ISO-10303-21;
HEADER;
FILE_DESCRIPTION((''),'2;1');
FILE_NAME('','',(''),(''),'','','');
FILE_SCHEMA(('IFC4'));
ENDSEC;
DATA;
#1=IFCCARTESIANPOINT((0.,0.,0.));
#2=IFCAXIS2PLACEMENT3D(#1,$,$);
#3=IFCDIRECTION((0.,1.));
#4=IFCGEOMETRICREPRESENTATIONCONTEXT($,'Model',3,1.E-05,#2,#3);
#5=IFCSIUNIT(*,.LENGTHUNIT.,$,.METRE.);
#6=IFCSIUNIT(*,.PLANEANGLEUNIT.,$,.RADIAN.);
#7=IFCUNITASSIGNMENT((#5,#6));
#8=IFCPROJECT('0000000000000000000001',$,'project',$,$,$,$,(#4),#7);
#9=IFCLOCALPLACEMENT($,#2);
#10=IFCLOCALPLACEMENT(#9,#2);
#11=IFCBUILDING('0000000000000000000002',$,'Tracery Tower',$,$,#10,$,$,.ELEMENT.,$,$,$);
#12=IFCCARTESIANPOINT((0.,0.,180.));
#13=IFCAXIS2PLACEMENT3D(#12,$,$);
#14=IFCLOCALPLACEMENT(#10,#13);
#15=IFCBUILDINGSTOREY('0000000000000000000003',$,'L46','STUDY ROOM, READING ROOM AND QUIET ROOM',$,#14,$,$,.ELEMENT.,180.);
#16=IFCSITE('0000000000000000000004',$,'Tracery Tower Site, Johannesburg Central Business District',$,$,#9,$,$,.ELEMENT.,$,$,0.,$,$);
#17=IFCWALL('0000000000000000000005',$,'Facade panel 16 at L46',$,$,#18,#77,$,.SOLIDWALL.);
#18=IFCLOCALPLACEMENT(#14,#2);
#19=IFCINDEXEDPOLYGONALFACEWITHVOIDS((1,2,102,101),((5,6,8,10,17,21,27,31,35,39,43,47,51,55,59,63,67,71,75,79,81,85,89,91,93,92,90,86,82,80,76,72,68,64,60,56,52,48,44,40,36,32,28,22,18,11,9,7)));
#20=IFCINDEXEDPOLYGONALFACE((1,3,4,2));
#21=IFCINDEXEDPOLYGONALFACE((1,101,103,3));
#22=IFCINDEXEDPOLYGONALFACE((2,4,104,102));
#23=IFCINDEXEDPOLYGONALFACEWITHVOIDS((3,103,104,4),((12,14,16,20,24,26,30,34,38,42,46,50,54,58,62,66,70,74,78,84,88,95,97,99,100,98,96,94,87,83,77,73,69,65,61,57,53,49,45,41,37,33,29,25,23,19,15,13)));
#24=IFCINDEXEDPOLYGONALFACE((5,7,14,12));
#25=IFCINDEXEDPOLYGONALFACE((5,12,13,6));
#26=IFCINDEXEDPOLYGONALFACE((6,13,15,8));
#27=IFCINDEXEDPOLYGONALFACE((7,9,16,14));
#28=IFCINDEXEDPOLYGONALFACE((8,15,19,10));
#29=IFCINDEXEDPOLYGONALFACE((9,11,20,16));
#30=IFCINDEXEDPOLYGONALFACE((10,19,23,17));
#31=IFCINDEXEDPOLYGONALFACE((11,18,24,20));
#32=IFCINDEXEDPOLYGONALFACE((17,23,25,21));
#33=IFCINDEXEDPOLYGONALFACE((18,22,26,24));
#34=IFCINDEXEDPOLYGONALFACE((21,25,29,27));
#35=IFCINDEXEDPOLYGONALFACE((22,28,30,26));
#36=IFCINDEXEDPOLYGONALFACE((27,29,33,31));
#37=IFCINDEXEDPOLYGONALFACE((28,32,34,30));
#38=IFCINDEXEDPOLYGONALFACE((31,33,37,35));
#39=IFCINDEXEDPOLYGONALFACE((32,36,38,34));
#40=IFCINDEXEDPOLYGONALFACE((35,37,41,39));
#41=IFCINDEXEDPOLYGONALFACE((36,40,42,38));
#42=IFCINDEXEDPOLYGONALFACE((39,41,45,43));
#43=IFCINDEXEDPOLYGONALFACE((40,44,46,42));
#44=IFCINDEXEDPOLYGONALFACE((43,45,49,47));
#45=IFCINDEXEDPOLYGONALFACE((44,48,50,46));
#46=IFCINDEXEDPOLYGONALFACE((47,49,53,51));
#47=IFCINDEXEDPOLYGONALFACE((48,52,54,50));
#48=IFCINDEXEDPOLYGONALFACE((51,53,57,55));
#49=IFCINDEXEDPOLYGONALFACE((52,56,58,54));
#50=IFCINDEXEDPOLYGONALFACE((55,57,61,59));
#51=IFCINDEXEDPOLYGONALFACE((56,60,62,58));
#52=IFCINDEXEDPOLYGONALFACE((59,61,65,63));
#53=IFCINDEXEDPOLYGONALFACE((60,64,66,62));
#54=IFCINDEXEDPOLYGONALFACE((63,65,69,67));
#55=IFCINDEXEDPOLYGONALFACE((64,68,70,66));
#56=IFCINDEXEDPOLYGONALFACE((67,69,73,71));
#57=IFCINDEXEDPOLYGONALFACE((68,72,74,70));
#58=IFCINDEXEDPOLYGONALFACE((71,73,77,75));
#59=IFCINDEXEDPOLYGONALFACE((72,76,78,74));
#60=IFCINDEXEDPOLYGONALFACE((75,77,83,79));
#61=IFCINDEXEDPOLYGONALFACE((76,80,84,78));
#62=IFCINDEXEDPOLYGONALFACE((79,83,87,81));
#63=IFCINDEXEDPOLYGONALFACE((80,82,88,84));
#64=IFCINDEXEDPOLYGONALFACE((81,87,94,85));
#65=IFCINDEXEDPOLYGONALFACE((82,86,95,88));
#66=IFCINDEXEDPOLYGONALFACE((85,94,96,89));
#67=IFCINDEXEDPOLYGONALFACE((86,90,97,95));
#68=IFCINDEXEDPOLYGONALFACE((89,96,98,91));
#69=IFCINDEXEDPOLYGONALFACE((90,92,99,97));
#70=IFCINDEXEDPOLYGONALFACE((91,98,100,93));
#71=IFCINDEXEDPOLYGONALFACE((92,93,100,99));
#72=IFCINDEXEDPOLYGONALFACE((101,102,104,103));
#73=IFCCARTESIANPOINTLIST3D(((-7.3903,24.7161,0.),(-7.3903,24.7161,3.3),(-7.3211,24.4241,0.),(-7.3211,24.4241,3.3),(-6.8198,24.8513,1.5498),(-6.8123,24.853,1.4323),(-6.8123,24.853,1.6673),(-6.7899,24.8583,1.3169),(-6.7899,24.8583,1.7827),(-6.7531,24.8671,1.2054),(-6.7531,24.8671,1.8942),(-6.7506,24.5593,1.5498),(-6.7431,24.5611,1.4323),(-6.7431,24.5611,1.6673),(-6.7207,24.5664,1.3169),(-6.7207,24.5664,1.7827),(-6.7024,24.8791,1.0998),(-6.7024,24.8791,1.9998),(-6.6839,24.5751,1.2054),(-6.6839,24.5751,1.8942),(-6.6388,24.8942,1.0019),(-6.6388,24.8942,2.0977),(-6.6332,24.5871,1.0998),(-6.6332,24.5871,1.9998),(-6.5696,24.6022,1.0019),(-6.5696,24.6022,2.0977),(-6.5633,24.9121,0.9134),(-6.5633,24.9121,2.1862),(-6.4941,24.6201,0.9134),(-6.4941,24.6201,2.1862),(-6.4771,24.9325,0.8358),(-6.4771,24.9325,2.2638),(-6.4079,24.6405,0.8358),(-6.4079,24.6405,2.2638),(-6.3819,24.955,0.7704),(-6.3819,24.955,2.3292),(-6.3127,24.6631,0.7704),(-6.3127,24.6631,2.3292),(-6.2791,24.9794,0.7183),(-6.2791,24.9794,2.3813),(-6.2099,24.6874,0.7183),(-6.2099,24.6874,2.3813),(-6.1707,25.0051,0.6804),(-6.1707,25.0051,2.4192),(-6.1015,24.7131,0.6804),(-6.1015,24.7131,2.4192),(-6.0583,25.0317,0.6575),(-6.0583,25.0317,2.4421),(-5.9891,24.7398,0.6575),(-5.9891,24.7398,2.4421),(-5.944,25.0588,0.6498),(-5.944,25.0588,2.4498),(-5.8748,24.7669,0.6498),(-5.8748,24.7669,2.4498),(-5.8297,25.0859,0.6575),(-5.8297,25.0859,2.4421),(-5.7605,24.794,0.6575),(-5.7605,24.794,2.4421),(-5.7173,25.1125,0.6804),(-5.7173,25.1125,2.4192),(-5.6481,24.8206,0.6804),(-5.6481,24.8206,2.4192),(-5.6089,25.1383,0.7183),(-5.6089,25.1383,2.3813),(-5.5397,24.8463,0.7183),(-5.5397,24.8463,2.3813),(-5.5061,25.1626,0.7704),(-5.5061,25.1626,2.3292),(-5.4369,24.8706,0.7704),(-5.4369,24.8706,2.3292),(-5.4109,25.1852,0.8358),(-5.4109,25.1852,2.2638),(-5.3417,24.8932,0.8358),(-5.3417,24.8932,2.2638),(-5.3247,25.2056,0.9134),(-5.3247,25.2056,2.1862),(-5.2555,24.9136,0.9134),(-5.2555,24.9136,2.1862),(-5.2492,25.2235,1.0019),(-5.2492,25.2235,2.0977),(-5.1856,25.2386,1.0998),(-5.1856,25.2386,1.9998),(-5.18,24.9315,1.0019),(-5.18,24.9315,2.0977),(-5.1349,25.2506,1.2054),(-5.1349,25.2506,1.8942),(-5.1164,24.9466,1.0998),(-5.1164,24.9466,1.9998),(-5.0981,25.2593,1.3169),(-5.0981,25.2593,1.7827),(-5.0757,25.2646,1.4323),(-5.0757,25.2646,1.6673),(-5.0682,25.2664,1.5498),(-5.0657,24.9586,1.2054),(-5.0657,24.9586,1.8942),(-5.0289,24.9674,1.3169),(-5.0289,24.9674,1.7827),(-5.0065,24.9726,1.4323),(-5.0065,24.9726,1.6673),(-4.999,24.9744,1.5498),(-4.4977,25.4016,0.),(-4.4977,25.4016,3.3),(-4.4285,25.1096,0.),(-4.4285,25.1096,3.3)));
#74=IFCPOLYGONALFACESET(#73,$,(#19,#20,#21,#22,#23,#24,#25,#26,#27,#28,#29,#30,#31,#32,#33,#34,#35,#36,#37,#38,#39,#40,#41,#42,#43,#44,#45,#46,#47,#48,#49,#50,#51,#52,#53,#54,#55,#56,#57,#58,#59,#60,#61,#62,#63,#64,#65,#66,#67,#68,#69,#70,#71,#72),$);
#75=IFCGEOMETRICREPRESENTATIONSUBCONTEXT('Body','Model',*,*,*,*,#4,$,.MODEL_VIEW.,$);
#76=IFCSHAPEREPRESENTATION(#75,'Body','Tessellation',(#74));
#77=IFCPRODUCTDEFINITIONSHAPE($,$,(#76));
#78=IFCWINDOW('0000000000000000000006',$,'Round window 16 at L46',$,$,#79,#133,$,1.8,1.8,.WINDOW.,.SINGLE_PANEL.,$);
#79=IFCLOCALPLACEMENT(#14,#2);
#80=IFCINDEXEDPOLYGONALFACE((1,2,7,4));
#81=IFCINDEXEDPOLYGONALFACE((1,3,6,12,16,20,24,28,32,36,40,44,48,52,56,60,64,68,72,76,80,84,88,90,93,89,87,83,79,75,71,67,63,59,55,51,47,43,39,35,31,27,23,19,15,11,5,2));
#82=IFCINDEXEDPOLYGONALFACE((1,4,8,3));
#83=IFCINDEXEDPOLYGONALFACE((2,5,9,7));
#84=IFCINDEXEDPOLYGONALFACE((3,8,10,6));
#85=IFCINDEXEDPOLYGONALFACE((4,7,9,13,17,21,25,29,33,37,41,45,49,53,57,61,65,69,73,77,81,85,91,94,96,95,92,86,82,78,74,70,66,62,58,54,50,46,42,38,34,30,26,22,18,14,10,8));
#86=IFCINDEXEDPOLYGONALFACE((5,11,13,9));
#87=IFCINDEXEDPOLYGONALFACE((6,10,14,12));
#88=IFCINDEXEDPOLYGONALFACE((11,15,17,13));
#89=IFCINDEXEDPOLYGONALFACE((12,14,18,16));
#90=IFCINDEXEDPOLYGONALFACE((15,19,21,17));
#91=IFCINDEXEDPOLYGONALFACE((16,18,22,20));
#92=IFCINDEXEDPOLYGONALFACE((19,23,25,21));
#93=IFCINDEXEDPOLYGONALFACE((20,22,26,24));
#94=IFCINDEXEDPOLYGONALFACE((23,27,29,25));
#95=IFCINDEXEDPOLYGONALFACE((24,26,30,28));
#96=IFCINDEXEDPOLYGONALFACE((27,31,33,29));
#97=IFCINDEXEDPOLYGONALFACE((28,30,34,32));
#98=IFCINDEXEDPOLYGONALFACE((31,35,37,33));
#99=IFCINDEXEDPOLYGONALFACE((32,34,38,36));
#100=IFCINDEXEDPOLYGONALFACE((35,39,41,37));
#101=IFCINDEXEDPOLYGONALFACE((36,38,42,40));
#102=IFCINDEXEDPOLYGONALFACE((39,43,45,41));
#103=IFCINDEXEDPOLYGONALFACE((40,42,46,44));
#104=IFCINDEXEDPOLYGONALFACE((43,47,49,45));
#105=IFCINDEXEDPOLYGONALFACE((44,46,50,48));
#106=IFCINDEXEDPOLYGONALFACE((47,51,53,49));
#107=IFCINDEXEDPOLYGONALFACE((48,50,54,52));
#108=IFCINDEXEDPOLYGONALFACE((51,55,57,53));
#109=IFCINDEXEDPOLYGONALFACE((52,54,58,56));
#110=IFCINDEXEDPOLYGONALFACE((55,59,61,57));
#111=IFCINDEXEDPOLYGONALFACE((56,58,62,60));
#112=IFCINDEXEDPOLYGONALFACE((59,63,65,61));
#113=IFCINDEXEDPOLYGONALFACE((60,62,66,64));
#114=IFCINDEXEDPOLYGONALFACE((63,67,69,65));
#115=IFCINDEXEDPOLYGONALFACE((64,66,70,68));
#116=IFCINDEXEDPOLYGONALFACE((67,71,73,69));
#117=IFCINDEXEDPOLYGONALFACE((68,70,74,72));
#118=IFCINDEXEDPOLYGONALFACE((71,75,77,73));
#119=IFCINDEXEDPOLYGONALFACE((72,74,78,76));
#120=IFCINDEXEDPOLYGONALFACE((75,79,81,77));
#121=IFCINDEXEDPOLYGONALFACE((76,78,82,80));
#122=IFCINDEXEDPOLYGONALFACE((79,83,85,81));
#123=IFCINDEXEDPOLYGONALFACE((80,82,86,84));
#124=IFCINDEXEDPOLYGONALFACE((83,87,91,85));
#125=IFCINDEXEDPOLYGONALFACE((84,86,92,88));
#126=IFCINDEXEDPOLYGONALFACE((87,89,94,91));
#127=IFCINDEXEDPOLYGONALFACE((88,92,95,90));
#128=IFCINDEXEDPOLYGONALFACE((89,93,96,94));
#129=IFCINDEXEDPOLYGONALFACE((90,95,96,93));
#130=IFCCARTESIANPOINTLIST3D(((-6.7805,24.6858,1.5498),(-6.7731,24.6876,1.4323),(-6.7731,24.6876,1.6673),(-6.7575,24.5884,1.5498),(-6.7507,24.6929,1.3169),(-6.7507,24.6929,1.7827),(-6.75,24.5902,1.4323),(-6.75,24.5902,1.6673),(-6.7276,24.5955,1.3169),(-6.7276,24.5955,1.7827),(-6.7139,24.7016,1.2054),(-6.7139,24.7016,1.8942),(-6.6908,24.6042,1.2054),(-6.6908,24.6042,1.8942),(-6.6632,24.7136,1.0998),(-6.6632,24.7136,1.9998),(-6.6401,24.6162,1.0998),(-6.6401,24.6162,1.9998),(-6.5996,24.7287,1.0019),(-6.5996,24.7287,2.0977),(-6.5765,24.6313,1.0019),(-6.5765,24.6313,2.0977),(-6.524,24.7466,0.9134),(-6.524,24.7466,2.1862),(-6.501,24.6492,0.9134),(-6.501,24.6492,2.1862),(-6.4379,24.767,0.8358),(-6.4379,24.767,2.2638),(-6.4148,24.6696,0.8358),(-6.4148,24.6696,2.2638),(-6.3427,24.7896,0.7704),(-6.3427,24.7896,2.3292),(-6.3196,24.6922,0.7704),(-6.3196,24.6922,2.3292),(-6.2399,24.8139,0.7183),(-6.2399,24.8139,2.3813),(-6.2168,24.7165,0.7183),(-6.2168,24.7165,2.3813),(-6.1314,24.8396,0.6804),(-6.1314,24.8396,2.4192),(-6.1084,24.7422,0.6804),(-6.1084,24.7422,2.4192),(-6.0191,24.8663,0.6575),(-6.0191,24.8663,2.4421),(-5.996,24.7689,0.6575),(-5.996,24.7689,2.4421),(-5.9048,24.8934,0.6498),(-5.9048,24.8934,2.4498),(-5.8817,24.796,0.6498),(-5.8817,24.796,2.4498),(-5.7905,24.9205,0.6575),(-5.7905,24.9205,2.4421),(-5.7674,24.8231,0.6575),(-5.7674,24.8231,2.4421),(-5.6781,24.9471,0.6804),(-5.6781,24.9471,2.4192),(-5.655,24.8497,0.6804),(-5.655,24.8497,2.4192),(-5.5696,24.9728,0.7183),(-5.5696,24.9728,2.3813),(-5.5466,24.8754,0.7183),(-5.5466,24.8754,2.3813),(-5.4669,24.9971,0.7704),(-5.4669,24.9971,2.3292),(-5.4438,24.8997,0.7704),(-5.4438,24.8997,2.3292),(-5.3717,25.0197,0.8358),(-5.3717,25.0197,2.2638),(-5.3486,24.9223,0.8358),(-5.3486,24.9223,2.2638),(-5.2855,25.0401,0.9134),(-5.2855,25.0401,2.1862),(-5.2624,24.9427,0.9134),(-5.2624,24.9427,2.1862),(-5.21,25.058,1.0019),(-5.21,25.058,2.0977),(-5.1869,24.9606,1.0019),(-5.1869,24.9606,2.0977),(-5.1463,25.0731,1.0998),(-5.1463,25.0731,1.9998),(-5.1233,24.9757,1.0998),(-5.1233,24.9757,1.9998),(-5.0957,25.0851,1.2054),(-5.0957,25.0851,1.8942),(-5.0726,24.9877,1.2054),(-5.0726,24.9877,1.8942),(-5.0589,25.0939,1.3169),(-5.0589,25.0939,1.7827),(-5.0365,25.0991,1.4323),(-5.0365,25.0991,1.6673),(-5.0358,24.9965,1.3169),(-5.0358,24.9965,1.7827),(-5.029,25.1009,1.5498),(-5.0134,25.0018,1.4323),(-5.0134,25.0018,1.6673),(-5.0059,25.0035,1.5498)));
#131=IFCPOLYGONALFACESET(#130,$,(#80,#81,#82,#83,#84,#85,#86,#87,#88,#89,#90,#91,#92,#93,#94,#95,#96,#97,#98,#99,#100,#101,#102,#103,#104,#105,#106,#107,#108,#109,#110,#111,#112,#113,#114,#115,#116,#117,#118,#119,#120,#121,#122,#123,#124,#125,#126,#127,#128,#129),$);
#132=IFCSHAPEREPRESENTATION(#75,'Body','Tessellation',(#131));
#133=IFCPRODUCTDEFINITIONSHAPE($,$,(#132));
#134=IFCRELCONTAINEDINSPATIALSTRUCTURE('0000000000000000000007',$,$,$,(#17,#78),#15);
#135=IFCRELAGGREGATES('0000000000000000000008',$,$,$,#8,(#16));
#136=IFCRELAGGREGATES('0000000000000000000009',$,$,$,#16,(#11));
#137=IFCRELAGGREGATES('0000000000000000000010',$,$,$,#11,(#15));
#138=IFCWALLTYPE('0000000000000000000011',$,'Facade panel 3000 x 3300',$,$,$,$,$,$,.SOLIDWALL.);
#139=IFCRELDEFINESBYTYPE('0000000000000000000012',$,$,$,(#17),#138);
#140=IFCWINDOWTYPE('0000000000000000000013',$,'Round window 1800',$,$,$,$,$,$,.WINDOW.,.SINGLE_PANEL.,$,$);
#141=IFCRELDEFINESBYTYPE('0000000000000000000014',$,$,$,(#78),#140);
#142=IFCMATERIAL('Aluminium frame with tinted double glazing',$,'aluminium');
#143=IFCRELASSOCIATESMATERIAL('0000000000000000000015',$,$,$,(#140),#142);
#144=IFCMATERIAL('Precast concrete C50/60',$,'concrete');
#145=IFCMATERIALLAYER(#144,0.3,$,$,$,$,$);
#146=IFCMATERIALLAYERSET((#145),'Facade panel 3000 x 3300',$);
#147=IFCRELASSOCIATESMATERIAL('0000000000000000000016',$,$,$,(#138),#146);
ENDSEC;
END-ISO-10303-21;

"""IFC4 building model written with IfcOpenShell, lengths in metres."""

from ifc_helpers import new_model, si_unit, direction, frame, frame_2d, origin, origin_2d, place, context, subcontext, project, spatial, rectangle, circle, extrude, material, layer, layer_set, type_object, element, fill, save


model = new_model("IFC4")

# Units and contexts
model_context = context("Model", 3, precision=1e-05, world=origin(), true_north=direction((0.0, 1.0)))
body_context = subcontext(model_context, "Body", "Model", "MODEL_VIEW")
ifc_project = project(units=[si_unit("LENGTHUNIT", "METRE"), si_unit("PLANEANGLEUNIT", "RADIAN")], contexts=[model_context])

# Site, building, storey
site_placement = place(None, origin())
site = spatial("IfcSite", under=ifc_project, at=site_placement, Name="Tracery Tower Site, Johannesburg Central Business District", CompositionType="ELEMENT", RefElevation=0.0)
building_placement = place(site_placement, origin())
building = spatial("IfcBuilding", under=site, at=building_placement, Name="Tracery Tower", CompositionType="ELEMENT")
storey_placement = place(building_placement, frame((0.0, 0.0, 180.0)))
storey = spatial("IfcBuildingStorey", under=building, at=storey_placement, Name="L46", Description="STUDY ROOM, READING ROOM AND QUIET ROOM", CompositionType="ELEMENT", Elevation=180.0)

# Wall, opening, window
ifc_material_1 = material(Name="Aluminium frame with tinted double glazing", Category="aluminium")
window_type = type_object("IfcWindowType", Name="Round window 1800", PartitioningType="SINGLE_PANEL", PredefinedType="WINDOW", material=ifc_material_1)
ifc_material_2 = material(Name="Precast concrete C50/60", Category="concrete")
ifc_layer_1 = layer(ifc_material_2, 0.3)
ifc_layer_set_1 = layer_set([ifc_layer_1], Name="Facade panel 3000 x 3300")
wall_type_1 = type_object("IfcWallType", Name="Facade panel 3000 x 3300", PredefinedType="SOLIDWALL", material=ifc_layer_set_1)
wall_1_placement = place(storey_placement, frame((-4.4631, 25.2556, 0.0), z_axis=(0.0, 0.0, 1.0), x_axis=(-0.973045, -0.230614, 0.0)))
wall_1 = element("IfcWall", 1, at=wall_1_placement, inside=storey, type_object=wall_type_1, Name="Facade panel 16 at L46", PredefinedType="SOLIDWALL", context=body_context, shape_type="SweptSolid", body=[
    extrude(rectangle(XDim=2.9727, YDim=0.3, at=frame_2d((1.4863, 0.0))), origin(), (0.0, 0.0, 1.0), 3.3),
])
opening_1_placement = place(wall_1_placement, frame((1.4863, 0.0, 1.5498)))
opening_1 = element("IfcOpeningElement", 2, at=opening_1_placement, cuts=wall_1, PredefinedType="OPENING", context=body_context, shape_type="SweptSolid", body=[
    extrude(circle(Radius=0.9, at=origin_2d()), frame((0.0, 0.1599, 0.0), z_axis=(0.0, -1.0, 0.0), x_axis=(1.0, 0.0, 0.0)), (0.0, 0.0, 1.0), 0.3201),
])
window_1_placement = place(opening_1_placement, origin())
window_1 = element("IfcWindow", 3, at=window_1_placement, inside=storey, type_object=window_type, Name="Round window 16 at L46", OverallHeight=1.8, OverallWidth=1.8, PartitioningType="SINGLE_PANEL", PredefinedType="WINDOW", context=body_context, shape_type="SweptSolid", body=[
    extrude(circle(Radius=0.9, at=origin_2d()), frame((0.0, 0.1201, 0.0), z_axis=(0.0, -1.0, 0.0), x_axis=(1.0, 0.0, 0.0)), (0.0, 0.0, 1.0), 0.1001),
])
fill(opening_1, window_1)

save(model, "model.ifc")
